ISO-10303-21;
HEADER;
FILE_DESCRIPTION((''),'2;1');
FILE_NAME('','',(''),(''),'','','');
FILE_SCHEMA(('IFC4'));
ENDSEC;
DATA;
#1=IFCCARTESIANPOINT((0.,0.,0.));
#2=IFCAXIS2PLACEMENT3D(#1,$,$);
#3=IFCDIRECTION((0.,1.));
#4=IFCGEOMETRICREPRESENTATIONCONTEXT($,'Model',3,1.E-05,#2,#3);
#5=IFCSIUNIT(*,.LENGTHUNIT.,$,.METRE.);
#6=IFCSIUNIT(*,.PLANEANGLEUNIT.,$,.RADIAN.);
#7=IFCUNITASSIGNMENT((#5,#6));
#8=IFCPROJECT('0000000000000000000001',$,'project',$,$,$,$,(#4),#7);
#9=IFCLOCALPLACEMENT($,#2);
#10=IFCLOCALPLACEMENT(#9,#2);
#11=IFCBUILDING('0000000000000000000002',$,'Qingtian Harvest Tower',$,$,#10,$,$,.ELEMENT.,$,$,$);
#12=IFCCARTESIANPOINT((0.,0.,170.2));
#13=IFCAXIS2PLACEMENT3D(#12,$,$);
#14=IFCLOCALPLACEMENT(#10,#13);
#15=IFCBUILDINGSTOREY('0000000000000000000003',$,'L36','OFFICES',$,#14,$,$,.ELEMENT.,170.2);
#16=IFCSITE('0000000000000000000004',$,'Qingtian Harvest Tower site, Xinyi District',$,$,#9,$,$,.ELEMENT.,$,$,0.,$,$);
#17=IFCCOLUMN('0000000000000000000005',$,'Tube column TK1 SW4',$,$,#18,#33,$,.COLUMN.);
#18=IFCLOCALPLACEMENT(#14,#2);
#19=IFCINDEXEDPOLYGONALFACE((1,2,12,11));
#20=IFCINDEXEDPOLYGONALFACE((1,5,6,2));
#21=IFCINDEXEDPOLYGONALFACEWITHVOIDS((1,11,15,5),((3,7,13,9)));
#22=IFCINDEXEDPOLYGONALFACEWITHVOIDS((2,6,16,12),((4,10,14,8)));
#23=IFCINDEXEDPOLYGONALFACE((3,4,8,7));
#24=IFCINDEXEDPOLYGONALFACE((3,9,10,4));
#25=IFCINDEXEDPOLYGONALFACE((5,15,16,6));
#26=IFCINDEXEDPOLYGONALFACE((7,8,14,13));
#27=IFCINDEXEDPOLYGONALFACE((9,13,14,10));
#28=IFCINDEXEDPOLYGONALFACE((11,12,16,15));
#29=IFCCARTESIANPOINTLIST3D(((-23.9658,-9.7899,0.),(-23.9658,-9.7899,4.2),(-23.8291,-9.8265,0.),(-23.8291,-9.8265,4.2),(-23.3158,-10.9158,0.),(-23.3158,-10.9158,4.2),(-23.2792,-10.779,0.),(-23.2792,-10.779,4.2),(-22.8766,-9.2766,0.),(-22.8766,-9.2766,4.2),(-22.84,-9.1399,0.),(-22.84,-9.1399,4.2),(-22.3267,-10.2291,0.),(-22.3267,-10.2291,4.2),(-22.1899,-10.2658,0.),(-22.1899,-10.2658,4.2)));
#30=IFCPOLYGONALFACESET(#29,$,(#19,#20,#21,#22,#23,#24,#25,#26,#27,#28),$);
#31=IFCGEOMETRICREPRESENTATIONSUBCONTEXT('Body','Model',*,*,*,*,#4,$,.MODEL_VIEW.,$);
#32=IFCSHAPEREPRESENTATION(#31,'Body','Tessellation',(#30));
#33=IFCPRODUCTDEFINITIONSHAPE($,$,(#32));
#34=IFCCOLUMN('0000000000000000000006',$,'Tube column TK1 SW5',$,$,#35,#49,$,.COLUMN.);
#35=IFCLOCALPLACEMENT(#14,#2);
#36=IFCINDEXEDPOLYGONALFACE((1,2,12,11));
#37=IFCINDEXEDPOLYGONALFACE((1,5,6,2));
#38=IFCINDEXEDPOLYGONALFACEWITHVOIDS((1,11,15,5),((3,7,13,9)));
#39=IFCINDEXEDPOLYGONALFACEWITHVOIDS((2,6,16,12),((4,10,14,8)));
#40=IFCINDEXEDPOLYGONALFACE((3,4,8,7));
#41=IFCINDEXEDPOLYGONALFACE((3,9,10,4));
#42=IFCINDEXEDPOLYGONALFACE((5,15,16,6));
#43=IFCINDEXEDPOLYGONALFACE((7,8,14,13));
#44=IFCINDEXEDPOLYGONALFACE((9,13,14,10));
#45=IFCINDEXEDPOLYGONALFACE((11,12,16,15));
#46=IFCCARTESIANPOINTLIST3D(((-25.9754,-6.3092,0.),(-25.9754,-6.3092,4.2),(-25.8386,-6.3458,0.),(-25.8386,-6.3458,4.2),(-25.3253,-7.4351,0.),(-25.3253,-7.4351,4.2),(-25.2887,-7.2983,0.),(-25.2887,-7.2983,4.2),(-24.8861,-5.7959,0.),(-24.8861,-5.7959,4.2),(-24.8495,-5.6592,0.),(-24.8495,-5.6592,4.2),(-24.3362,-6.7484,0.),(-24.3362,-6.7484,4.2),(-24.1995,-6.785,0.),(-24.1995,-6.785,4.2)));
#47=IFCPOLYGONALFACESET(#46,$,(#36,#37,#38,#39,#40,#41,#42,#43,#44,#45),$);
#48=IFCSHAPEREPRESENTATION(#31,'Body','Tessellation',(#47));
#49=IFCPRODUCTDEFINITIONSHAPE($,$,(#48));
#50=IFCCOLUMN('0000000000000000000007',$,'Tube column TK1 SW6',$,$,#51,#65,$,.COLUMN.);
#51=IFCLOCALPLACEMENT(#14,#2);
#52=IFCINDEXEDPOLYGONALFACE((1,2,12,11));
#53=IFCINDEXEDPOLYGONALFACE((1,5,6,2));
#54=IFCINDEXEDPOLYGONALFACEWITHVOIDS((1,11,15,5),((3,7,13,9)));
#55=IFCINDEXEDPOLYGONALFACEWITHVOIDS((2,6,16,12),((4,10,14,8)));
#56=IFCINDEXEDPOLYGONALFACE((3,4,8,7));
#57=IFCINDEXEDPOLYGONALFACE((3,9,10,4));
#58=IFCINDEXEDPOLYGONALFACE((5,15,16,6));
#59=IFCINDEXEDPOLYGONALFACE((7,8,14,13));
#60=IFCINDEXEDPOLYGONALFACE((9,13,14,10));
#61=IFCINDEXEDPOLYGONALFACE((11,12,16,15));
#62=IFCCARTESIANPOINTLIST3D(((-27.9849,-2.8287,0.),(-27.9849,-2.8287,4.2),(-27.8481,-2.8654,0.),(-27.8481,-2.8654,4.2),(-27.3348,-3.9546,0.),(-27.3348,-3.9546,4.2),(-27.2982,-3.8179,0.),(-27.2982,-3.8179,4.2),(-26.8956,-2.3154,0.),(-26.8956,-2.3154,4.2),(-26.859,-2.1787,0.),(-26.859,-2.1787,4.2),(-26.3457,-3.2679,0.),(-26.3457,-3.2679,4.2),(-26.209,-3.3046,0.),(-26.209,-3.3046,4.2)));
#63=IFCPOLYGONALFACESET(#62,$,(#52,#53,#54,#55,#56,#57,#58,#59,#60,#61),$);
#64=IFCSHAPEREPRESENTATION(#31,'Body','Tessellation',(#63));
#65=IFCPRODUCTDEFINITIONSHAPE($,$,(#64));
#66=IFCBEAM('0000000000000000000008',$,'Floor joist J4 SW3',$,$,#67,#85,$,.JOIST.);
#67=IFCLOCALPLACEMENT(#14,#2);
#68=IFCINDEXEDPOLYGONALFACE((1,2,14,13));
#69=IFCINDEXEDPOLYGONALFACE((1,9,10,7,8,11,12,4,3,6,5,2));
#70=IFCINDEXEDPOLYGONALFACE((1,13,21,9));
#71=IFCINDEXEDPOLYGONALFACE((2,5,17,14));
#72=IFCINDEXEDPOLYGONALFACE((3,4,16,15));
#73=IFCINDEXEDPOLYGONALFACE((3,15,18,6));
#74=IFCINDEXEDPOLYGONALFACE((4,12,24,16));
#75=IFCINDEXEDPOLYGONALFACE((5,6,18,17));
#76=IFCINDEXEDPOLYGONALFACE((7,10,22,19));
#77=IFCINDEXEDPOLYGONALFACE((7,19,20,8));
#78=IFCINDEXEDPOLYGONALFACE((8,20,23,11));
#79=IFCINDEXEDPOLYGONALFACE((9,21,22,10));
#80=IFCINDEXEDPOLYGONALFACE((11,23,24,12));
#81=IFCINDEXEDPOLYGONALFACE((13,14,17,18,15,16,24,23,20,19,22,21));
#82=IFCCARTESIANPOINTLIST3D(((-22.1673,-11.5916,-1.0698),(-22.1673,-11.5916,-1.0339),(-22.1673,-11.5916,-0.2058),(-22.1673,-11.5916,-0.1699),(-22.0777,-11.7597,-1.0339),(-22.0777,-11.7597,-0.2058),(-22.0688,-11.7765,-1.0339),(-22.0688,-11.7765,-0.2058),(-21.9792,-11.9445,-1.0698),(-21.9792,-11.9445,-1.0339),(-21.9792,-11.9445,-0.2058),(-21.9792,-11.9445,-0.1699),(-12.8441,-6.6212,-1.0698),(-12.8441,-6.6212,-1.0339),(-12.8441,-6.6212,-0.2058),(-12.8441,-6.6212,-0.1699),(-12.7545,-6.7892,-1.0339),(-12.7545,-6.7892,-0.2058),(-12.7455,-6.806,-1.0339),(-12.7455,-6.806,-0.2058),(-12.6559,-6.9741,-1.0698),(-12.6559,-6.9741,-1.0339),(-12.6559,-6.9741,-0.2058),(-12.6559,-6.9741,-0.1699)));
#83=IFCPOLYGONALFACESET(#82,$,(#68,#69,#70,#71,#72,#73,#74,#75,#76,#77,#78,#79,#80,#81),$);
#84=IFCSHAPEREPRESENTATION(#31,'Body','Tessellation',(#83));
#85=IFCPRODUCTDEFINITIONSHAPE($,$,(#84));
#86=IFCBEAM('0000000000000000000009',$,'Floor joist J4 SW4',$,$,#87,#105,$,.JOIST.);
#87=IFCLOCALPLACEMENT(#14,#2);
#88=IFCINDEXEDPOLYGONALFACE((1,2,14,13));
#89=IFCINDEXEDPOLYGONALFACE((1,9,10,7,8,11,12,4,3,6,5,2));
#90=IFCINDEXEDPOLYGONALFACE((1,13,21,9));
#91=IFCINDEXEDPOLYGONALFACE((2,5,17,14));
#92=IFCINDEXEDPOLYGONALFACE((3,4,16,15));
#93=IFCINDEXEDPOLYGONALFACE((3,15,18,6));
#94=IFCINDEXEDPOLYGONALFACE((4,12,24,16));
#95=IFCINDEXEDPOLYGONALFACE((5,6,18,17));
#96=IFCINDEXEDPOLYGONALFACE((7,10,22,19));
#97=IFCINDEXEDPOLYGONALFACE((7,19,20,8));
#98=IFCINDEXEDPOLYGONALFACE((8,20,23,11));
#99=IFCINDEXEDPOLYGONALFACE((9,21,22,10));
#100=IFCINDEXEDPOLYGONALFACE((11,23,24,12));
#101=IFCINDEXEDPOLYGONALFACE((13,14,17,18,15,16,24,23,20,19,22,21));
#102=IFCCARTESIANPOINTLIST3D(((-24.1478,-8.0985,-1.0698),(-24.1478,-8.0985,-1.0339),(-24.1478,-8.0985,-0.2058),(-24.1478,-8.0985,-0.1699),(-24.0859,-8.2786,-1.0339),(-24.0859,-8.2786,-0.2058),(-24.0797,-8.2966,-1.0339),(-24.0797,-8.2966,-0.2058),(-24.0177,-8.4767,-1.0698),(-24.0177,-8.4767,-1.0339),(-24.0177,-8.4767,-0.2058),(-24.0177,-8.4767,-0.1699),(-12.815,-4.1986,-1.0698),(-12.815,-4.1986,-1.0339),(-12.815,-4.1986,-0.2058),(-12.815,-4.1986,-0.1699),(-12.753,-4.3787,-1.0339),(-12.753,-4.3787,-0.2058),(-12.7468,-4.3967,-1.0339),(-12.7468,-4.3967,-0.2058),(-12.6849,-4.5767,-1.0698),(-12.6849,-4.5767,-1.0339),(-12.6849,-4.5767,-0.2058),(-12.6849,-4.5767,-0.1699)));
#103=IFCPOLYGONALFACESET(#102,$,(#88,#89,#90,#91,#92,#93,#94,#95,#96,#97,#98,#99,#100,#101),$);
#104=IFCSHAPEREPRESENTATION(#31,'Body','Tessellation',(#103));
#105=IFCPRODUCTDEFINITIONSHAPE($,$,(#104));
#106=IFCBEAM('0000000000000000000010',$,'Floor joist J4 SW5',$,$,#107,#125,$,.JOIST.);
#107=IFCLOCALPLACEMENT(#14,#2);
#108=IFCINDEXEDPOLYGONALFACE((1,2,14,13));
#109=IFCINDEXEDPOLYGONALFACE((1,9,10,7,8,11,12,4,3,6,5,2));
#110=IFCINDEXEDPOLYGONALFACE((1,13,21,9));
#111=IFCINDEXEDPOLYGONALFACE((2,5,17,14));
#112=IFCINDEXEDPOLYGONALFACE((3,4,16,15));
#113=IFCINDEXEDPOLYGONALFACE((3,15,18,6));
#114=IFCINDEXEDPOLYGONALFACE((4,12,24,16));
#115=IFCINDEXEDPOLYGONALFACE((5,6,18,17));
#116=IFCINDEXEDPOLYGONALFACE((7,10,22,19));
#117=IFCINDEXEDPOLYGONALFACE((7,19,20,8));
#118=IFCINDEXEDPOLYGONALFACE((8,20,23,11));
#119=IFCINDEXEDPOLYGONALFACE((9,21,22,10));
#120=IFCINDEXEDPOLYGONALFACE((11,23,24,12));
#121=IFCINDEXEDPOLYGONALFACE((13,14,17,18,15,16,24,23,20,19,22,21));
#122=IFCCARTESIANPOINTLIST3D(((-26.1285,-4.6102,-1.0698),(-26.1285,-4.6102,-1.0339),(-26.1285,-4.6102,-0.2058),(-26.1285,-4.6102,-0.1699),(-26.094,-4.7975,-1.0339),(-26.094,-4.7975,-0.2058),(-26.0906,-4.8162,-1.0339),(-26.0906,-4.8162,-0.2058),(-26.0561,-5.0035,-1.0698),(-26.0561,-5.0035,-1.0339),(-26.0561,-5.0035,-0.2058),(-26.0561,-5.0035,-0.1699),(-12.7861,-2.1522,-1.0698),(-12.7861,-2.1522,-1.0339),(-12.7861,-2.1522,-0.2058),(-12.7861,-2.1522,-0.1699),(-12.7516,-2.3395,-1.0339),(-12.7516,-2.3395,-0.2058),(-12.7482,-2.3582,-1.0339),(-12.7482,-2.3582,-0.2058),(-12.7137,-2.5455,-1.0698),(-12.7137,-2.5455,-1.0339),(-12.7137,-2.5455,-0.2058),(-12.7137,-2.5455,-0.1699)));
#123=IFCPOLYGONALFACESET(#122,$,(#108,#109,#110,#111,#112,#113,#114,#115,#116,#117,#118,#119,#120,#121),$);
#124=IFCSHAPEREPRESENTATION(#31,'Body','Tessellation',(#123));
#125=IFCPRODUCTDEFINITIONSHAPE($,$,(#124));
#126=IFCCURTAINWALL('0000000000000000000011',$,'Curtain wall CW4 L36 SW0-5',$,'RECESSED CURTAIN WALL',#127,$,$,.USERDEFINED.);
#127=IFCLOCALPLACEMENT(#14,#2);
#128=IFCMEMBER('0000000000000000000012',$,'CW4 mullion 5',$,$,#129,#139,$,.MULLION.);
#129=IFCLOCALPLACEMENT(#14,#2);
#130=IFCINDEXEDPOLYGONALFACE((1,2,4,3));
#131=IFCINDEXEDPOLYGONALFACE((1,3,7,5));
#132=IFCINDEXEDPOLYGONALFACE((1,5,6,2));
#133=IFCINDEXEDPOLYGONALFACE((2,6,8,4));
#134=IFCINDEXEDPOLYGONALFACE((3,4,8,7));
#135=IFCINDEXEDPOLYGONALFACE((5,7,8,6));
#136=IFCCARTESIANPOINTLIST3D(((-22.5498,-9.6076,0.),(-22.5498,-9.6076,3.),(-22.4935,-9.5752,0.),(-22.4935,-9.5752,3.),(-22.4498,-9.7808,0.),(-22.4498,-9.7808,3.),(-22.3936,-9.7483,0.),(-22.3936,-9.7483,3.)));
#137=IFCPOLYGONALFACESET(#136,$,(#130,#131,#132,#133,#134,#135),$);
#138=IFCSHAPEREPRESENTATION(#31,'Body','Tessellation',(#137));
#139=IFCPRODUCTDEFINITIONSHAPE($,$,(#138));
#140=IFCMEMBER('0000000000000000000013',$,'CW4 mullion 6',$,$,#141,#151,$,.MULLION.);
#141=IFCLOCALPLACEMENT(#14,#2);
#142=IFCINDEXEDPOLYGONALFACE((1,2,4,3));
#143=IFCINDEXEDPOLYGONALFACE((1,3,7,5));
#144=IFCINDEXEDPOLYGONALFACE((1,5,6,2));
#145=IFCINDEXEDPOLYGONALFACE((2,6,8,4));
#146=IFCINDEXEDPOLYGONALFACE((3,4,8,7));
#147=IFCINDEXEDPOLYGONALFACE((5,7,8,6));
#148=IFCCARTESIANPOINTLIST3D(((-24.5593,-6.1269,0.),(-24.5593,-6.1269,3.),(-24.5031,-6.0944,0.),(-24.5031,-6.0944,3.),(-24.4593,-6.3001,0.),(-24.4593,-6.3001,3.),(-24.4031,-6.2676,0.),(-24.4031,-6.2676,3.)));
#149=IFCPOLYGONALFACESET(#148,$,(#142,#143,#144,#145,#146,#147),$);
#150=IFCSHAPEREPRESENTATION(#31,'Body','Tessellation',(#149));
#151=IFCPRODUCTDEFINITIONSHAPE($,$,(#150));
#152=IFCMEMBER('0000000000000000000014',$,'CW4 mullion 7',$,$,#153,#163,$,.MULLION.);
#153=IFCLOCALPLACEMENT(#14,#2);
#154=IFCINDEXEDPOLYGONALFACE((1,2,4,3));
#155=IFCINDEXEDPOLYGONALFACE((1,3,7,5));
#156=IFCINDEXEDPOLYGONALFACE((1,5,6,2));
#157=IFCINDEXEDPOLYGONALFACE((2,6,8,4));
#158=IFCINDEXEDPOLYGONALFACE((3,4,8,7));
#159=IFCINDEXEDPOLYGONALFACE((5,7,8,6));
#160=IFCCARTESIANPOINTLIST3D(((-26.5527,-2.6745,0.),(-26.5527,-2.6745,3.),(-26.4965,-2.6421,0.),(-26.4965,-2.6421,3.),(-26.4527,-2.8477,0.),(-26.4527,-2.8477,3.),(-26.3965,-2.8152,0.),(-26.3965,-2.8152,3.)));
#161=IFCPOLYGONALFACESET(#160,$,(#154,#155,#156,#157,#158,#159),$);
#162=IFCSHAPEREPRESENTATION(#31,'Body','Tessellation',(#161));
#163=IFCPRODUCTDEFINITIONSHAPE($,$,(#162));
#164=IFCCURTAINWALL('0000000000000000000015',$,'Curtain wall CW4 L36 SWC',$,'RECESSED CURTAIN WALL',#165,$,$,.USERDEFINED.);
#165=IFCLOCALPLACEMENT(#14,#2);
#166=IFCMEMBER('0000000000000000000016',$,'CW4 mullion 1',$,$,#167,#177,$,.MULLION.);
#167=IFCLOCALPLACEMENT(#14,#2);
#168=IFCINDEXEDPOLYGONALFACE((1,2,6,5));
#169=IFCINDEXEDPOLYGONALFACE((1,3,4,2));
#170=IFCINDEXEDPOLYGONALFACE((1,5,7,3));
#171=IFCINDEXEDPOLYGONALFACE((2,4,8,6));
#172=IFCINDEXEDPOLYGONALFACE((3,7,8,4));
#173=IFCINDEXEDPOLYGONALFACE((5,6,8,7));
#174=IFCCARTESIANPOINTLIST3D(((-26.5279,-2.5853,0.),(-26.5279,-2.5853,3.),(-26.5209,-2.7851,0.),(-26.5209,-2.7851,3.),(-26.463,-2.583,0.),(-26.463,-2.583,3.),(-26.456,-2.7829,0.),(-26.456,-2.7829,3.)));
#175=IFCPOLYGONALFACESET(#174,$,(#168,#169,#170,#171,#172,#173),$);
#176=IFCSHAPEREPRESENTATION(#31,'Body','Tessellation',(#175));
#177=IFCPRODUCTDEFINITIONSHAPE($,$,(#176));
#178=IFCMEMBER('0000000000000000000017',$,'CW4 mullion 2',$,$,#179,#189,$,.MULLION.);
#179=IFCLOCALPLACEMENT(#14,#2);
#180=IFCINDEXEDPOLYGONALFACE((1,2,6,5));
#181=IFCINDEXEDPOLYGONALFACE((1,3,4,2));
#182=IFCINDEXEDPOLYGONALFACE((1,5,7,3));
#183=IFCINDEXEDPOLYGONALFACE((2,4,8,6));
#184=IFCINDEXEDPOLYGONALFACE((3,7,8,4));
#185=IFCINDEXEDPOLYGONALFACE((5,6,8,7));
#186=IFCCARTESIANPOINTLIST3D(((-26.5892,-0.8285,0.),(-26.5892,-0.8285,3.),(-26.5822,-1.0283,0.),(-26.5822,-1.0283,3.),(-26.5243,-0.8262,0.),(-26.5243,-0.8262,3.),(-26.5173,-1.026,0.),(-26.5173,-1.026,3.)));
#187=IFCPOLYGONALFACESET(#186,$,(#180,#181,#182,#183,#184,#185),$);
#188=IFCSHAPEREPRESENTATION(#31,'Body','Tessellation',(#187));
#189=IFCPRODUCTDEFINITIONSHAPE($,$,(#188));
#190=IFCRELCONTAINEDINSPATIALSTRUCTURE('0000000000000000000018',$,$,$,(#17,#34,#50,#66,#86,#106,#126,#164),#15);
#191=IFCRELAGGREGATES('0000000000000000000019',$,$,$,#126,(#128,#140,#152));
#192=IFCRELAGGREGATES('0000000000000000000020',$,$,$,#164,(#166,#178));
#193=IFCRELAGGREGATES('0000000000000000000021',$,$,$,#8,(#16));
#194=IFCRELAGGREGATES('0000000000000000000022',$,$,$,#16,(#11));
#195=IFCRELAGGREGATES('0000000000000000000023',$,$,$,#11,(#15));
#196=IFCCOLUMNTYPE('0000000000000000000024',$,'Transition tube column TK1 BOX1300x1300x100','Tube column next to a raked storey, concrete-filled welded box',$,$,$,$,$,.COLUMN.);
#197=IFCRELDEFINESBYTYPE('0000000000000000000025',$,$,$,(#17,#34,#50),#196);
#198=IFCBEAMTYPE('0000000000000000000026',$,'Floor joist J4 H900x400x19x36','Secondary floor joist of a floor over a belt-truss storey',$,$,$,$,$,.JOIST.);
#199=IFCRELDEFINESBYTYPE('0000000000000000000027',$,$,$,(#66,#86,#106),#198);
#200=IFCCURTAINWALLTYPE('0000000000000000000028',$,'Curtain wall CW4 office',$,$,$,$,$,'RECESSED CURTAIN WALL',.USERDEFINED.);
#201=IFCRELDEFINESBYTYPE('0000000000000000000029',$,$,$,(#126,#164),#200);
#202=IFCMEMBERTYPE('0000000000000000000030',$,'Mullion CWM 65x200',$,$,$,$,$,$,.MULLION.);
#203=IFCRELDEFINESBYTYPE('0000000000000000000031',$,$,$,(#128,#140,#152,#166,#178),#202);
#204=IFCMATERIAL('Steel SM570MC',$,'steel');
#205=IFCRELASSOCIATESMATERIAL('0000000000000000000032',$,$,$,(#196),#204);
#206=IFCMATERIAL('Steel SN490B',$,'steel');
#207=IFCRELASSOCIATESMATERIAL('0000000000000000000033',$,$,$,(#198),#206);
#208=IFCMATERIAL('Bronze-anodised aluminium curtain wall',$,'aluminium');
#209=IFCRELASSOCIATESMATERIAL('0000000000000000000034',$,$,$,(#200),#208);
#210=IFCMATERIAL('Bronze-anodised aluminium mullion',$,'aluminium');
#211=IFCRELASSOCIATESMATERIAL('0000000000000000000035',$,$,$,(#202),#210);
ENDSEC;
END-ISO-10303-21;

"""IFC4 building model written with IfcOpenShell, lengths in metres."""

from ifc_helpers import new_model, si_unit, direction, frame, origin, origin_2d, place, context, subcontext, project, spatial, rectangle, hollow_rectangle, i_section, extrude, material, material_profile, profile_set, type_object, element, aggregate, save


model = new_model("IFC4")

# Units and contexts
model_context = context("Model", 3, precision=1e-05, world=origin(), true_north=direction((0.0, 1.0)))
body_context = subcontext(model_context, "Body", "Model", "MODEL_VIEW")
ifc_project = project(units=[si_unit("LENGTHUNIT", "METRE"), si_unit("PLANEANGLEUNIT", "RADIAN")], contexts=[model_context])

# Site, building, storey
site_placement = place(None, origin())
site = spatial("IfcSite", under=ifc_project, at=site_placement, Name="Qingtian Harvest Tower site, Xinyi District", CompositionType="ELEMENT", RefElevation=0.0)
building_placement = place(site_placement, origin())
building = spatial("IfcBuilding", under=site, at=building_placement, Name="Qingtian Harvest Tower", CompositionType="ELEMENT")
storey_placement = place(building_placement, frame((0.0, 0.0, 170.2)))
storey = spatial("IfcBuildingStorey", under=building, at=storey_placement, Name="L36", Description="OFFICES", CompositionType="ELEMENT", Elevation=170.2)

# Columns
ifc_material_1 = material(Name="Steel SM570MC", Category="steel")
ifc_material_profile_1 = material_profile(ifc_material_1, hollow_rectangle(XDim=1.3, YDim=1.3, WallThickness=0.1001, at=origin_2d()), Name="BOX1300x1300x100")
ifc_profile_set_1 = profile_set([ifc_material_profile_1], Name="Steel SM570MC")
column_type = type_object("IfcColumnType", Name="Transition tube column TK1 BOX1300x1300x100", Description="Tube column next to a raked storey, concrete-filled welded box", PredefinedType="COLUMN", material=ifc_profile_set_1)
for number, where, z_axis, x_axis, name in (
    (1, (-23.0779, -10.0278, 0.0), (0.0, 0.0, 1.0), (0.5, -0.866025, 0.0), "Tube column TK1 SW4"),
    (2, (-25.0874, -6.5471, 0.0), (0.0, 0.0, 1.0), (0.5, -0.866025, 0.0), "Tube column TK1 SW5"),
    (3, (-27.0969, -3.0667, 0.0), (0.0, 0.0, 1.0), (0.5, -0.866025, 0.0), "Tube column TK1 SW6"),
):
    element("IfcColumn", number, at=place(storey_placement, frame(where, z_axis=z_axis, x_axis=x_axis)), inside=storey, type_object=column_type, Name=name, PredefinedType="COLUMN", context=body_context, shape_type="SweptSolid", body=[
        extrude(hollow_rectangle(XDim=1.3, YDim=1.3, WallThickness=0.1001, at=origin_2d()), origin(), (0.0, 0.0, 1.0), 4.2),
    ])

# Beams
ifc_material_2 = material(Name="Steel SN490B", Category="steel")
ifc_material_profile_2 = material_profile(ifc_material_2, i_section(OverallWidth=0.3999, OverallDepth=0.8999, WebThickness=0.019, FlangeThickness=0.0359, at=origin_2d()), Name="H900x400x19x36")
ifc_profile_set_2 = profile_set([ifc_material_profile_2], Name="Steel SN490B")
beam_type_1 = type_object("IfcBeamType", Name="Floor joist J4 H900x400x19x36", Description="Secondary floor joist of a floor over a belt-truss storey", PredefinedType="JOIST", material=ifc_profile_set_2)
beam_1_placement = place(storey_placement, frame((-22.0732, -11.7681, -0.6199), z_axis=(0.882429, 0.470446, 0.0), x_axis=(-0.470446, 0.882429, 0.0)))
element("IfcBeam", 4, at=beam_1_placement, inside=storey, type_object=beam_type_1, Name="Floor joist J4 SW3", PredefinedType="JOIST", context=body_context, shape_type="SweptSolid", body=[
    extrude(i_section(OverallWidth=0.3999, OverallDepth=0.8999, WebThickness=0.019, FlangeThickness=0.0359, at=origin_2d()), origin(), (0.0, 0.0, 1.0), 10.5654),
])
beam_2_placement = place(storey_placement, frame((-24.0828, -8.2876, -0.6199), z_axis=(0.945577, 0.325398, 0.0), x_axis=(-0.325398, 0.945577, 0.0)))
element("IfcBeam", 5, at=beam_2_placement, inside=storey, type_object=beam_type_1, Name="Floor joist J4 SW4", PredefinedType="JOIST", context=body_context, shape_type="SweptSolid", body=[
    extrude(i_section(OverallWidth=0.3999, OverallDepth=0.8999, WebThickness=0.019, FlangeThickness=0.0359, at=origin_2d()), origin(), (0.0, 0.0, 1.0), 11.9851),
])
beam_3_placement = place(storey_placement, frame((-26.0923, -4.8069, -0.6199), z_axis=(0.98345, 0.181178, 0.0), x_axis=(-0.181178, 0.98345, 0.0)))
element("IfcBeam", 6, at=beam_3_placement, inside=storey, type_object=beam_type_1, Name="Floor joist J4 SW5", PredefinedType="JOIST", context=body_context, shape_type="SweptSolid", body=[
    extrude(i_section(OverallWidth=0.3999, OverallDepth=0.8999, WebThickness=0.019, FlangeThickness=0.0359, at=origin_2d()), origin(), (0.0, 0.0, 1.0), 13.5669),
])

# Curtain walls, members
ifc_material_3 = material(Name="Bronze-anodised aluminium curtain wall", Category="aluminium")
curtain_wall_type = type_object("IfcCurtainWallType", Name="Curtain wall CW4 office", ElementType="RECESSED CURTAIN WALL", PredefinedType="USERDEFINED", material=ifc_material_3)
curtain_wall_1_placement = place(storey_placement, origin())
curtain_wall_1 = element("IfcCurtainWall", 7, at=curtain_wall_1_placement, inside=storey, type_object=curtain_wall_type, Name="Curtain wall CW4 L36 SW0-5", ObjectType="RECESSED CURTAIN WALL", PredefinedType="USERDEFINED")
ifc_material_4 = material(Name="Bronze-anodised aluminium mullion", Category="aluminium")
ifc_material_profile_3 = material_profile(ifc_material_4, rectangle(XDim=0.0649, YDim=0.2, at=origin_2d()), Name="AL 65x200")
ifc_profile_set_3 = profile_set([ifc_material_profile_3], Name="Bronze-anodised aluminium mullion")
member_type_1 = type_object("IfcMemberType", Name="Mullion CWM 65x200", PredefinedType="MULLION", material=ifc_profile_set_3)
member_1_placement = place(storey_placement, frame((-22.4717, -9.678, 0.0), z_axis=(0.0, 0.0, 1.0), x_axis=(-0.866025, -0.5, 0.0)))
member_1 = element("IfcMember", 8, at=member_1_placement, type_object=member_type_1, Name="CW4 mullion 5", PredefinedType="MULLION", context=body_context, shape_type="SweptSolid", body=[
    extrude(rectangle(XDim=0.0649, YDim=0.2, at=origin_2d()), origin(), (0.0, 0.0, 1.0), 3.0),
])
member_2_placement = place(storey_placement, frame((-24.4812, -6.1973, 0.0), z_axis=(0.0, 0.0, 1.0), x_axis=(-0.866025, -0.5, 0.0)))
member_2 = element("IfcMember", 9, at=member_2_placement, type_object=member_type_1, Name="CW4 mullion 6", PredefinedType="MULLION", context=body_context, shape_type="SweptSolid", body=[
    extrude(rectangle(XDim=0.0649, YDim=0.2, at=origin_2d()), origin(), (0.0, 0.0, 1.0), 3.0),
])
member_3_placement = place(storey_placement, frame((-26.4746, -2.7449, 0.0), z_axis=(0.0, 0.0, 1.0), x_axis=(-0.866025, -0.5, 0.0)))
member_3 = element("IfcMember", 10, at=member_3_placement, type_object=member_type_1, Name="CW4 mullion 7", PredefinedType="MULLION", context=body_context, shape_type="SweptSolid", body=[
    extrude(rectangle(XDim=0.0649, YDim=0.2, at=origin_2d()), origin(), (0.0, 0.0, 1.0), 3.0),
])
curtain_wall_2_placement = place(storey_placement, origin())
curtain_wall_2 = element("IfcCurtainWall", 11, at=curtain_wall_2_placement, inside=storey, type_object=curtain_wall_type, Name="Curtain wall CW4 L36 SWC", ObjectType="RECESSED CURTAIN WALL", PredefinedType="USERDEFINED")
member_4_placement = place(storey_placement, frame((-26.4919, -2.6841, 0.0), z_axis=(0.0, 0.0, 1.0), x_axis=(-0.999391, -0.034899, 0.0)))
member_4 = element("IfcMember", 12, at=member_4_placement, type_object=member_type_1, Name="CW4 mullion 1", PredefinedType="MULLION", context=body_context, shape_type="SweptSolid", body=[
    extrude(rectangle(XDim=0.0649, YDim=0.2, at=origin_2d()), origin(), (0.0, 0.0, 1.0), 3.0),
])
member_5_placement = place(storey_placement, frame((-26.5532, -0.9272, 0.0), z_axis=(0.0, 0.0, 1.0), x_axis=(-0.999391, -0.034899, 0.0)))
member_5 = element("IfcMember", 13, at=member_5_placement, type_object=member_type_1, Name="CW4 mullion 2", PredefinedType="MULLION", context=body_context, shape_type="SweptSolid", body=[
    extrude(rectangle(XDim=0.0649, YDim=0.2, at=origin_2d()), origin(), (0.0, 0.0, 1.0), 3.0),
])

aggregate(curtain_wall_1, [member_1, member_2, member_3])
aggregate(curtain_wall_2, [member_4, member_5])

save(model, "model.ifc")
